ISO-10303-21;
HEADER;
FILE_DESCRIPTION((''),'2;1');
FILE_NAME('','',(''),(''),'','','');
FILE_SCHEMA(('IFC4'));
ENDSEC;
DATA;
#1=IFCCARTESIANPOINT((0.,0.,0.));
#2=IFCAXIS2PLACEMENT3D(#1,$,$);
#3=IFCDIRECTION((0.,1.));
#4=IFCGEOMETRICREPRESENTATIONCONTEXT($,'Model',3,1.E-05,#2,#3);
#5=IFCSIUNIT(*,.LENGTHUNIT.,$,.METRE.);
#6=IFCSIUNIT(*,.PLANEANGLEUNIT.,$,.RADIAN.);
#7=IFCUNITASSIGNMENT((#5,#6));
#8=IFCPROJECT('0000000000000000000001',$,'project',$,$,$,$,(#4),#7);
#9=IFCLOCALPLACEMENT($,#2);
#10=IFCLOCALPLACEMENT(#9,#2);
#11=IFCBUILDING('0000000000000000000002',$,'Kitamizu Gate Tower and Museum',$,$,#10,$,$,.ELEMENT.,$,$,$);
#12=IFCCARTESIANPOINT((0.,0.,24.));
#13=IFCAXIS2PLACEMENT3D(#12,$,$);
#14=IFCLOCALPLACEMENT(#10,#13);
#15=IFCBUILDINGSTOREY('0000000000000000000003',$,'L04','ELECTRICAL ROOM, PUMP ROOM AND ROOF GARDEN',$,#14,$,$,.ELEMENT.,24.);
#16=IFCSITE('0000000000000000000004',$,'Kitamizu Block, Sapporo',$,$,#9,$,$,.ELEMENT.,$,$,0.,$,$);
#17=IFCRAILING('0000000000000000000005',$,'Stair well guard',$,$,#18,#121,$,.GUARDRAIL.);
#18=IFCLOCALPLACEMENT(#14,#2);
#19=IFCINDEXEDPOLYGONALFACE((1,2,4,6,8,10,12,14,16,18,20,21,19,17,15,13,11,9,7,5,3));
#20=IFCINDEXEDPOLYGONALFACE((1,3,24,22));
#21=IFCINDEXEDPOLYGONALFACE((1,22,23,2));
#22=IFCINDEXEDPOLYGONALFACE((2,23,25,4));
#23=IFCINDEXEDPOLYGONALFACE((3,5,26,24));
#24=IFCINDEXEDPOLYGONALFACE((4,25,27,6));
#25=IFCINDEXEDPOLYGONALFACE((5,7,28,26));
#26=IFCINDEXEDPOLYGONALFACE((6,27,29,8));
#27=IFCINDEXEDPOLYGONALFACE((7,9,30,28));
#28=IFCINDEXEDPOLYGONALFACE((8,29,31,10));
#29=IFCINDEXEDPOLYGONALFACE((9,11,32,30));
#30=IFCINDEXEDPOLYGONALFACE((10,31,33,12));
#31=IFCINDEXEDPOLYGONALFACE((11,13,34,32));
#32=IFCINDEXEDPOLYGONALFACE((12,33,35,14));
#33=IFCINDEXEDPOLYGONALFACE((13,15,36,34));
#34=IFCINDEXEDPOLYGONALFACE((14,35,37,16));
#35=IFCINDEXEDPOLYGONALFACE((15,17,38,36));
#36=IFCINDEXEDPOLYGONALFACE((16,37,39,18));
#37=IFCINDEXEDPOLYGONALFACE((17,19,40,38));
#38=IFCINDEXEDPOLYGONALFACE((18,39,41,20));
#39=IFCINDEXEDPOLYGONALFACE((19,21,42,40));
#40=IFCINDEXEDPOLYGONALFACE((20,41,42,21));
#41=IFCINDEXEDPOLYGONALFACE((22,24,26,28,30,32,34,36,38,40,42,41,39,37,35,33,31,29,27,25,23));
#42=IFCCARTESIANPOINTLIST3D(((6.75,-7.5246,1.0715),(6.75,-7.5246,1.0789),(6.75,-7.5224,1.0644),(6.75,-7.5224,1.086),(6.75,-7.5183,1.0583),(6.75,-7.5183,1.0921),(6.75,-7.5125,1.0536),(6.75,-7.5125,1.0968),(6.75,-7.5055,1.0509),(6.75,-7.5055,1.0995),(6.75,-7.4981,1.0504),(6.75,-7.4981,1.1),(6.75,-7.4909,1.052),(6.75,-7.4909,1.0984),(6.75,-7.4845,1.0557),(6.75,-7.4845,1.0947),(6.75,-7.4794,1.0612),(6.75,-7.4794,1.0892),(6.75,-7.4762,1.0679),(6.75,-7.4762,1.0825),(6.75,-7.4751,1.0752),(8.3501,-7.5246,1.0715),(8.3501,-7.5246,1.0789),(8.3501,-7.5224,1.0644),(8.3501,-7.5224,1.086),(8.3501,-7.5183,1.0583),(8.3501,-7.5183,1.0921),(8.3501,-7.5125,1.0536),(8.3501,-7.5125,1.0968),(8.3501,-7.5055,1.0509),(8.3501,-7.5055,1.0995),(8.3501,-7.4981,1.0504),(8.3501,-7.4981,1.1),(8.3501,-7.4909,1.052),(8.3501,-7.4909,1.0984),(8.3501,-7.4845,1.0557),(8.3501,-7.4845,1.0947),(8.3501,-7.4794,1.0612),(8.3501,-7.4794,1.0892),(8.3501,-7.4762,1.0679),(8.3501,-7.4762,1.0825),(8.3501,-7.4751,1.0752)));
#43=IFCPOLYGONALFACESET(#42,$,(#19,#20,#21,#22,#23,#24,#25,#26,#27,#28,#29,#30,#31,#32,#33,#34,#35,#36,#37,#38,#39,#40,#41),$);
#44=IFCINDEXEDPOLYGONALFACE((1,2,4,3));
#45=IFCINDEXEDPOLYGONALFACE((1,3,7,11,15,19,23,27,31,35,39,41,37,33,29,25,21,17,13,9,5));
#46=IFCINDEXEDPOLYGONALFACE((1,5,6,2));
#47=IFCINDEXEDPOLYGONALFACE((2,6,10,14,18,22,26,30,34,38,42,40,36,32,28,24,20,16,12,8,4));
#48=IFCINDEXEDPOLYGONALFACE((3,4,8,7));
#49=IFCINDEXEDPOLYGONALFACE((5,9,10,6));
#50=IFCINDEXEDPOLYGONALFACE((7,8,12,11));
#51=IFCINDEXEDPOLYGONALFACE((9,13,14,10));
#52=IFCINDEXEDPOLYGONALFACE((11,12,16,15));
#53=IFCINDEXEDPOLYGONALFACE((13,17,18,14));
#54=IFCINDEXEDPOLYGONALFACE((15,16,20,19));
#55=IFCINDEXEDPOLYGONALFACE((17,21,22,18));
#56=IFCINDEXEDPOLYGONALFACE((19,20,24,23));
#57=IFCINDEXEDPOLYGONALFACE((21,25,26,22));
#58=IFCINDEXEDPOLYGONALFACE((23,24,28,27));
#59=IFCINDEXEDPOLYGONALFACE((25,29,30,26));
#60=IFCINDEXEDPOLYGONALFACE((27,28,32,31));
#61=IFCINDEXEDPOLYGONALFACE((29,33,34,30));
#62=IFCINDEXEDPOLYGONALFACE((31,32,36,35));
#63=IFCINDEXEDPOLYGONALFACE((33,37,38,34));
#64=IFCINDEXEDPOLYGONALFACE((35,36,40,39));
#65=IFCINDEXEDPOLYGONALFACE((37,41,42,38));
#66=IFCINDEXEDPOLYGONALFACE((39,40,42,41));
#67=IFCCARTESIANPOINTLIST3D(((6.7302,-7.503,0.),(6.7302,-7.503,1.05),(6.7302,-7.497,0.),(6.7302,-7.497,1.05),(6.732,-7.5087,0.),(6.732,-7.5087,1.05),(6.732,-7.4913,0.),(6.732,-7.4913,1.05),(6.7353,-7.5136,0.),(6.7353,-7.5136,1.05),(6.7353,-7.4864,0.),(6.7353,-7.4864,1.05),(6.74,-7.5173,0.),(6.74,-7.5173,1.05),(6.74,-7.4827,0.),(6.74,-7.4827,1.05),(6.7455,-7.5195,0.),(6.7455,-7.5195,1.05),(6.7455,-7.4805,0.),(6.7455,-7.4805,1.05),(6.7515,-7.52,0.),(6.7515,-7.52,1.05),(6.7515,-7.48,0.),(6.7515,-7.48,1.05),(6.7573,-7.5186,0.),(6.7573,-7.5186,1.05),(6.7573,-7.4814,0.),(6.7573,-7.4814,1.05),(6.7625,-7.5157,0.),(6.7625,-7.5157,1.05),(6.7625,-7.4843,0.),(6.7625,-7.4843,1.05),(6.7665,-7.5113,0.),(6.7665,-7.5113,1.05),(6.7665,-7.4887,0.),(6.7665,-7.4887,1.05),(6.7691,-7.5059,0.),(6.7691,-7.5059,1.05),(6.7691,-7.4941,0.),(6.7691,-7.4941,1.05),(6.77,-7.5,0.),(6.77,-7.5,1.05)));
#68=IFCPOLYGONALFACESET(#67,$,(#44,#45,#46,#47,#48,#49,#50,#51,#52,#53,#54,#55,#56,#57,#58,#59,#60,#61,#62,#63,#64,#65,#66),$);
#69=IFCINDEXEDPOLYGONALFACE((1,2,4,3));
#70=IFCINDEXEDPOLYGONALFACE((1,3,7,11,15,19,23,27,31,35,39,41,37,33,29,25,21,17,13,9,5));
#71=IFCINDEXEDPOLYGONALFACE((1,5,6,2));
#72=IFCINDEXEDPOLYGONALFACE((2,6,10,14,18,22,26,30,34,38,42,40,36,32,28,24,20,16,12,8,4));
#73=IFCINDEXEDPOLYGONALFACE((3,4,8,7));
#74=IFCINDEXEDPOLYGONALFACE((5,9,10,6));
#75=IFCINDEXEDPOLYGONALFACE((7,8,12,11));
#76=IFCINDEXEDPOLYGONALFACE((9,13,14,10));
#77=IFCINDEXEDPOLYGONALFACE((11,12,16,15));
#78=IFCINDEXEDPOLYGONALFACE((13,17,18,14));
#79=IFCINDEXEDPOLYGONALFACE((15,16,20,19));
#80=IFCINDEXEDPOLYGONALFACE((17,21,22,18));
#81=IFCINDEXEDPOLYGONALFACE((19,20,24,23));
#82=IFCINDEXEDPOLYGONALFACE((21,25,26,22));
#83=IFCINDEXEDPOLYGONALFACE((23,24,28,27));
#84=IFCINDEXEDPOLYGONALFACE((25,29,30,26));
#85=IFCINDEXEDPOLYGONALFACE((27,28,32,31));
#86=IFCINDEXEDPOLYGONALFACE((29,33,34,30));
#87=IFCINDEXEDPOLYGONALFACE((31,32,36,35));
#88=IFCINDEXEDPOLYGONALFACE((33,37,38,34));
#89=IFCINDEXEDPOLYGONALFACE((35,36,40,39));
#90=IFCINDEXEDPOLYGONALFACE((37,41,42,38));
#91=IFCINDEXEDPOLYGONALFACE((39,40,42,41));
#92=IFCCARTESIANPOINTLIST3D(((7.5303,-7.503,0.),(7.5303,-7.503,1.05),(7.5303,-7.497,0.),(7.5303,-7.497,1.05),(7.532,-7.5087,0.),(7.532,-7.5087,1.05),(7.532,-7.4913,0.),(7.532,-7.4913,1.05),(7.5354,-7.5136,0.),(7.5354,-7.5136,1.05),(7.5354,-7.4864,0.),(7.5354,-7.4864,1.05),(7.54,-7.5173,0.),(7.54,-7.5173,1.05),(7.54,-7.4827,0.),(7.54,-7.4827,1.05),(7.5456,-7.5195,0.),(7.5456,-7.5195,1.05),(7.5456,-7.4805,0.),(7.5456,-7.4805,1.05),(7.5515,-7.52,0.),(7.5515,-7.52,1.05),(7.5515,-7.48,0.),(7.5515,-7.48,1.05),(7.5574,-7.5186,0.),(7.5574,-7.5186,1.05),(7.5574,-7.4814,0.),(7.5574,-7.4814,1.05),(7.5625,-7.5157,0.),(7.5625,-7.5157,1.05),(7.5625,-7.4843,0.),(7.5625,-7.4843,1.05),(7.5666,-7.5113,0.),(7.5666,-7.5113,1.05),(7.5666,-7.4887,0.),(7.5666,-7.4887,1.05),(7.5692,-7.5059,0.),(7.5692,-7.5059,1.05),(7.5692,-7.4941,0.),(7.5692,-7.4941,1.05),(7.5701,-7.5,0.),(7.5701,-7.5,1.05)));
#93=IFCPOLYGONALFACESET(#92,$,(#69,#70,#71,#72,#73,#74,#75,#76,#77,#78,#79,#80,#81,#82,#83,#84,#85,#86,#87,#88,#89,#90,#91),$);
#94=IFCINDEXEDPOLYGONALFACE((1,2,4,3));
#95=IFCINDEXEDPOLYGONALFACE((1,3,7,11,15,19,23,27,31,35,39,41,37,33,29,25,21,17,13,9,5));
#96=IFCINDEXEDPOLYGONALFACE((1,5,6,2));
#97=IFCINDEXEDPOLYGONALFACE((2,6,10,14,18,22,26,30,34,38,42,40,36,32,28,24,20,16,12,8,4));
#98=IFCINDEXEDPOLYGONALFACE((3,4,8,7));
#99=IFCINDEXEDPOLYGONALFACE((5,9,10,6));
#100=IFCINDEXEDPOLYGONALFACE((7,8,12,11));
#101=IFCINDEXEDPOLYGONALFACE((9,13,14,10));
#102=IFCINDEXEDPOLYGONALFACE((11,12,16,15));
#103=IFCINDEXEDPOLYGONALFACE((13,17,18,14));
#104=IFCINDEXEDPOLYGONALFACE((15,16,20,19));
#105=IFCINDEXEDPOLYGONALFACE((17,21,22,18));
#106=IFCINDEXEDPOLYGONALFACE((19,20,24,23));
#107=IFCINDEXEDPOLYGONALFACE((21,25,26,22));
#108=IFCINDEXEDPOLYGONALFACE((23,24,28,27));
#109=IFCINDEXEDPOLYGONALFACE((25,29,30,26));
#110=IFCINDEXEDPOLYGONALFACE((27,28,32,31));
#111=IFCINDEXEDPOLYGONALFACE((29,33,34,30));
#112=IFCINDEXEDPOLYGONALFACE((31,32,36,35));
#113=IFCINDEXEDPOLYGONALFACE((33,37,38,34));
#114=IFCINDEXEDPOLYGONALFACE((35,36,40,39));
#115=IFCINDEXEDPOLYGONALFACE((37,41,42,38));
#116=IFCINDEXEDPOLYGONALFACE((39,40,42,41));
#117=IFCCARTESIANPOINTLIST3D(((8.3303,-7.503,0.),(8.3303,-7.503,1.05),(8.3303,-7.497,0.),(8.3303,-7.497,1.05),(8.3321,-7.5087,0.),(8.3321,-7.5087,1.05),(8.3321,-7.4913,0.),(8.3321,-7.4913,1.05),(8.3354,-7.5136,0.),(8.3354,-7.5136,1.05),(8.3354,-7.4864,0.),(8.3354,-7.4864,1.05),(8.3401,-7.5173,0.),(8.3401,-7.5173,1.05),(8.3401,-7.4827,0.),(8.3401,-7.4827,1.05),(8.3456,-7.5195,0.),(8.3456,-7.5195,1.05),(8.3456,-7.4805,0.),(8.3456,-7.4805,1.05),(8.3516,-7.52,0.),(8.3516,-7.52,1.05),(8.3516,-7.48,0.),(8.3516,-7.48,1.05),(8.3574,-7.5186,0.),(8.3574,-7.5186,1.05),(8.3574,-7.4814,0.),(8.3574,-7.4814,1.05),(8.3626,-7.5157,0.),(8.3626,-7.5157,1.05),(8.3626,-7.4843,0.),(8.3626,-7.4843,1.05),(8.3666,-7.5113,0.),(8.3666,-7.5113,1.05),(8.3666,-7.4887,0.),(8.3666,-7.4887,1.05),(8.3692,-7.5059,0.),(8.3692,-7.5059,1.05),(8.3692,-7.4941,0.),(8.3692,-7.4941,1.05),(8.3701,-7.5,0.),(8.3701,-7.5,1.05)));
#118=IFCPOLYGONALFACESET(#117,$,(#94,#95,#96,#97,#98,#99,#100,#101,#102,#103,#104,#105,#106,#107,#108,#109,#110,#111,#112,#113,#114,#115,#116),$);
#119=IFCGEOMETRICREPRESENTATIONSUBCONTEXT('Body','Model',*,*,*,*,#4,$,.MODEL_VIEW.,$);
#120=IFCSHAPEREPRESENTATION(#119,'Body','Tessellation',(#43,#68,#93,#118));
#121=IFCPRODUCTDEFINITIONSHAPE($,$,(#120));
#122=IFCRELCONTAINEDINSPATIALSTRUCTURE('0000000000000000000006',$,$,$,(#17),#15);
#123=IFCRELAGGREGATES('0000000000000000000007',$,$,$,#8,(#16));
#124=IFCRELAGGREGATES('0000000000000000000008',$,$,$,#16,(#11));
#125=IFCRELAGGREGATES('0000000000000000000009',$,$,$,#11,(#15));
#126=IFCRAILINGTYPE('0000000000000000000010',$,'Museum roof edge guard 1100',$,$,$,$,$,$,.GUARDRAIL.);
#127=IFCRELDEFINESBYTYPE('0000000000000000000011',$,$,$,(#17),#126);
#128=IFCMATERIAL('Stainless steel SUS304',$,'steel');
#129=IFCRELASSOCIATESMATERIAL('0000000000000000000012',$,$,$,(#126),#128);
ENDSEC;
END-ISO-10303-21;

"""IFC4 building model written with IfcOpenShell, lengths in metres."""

from ifc_helpers import new_model, si_unit, direction, frame, origin, origin_2d, place, context, subcontext, project, spatial, circle, extrude, material, type_object, element, save


model = new_model("IFC4")

# Units and contexts
model_context = context("Model", 3, precision=1e-05, world=origin(), true_north=direction((0.0, 1.0)))
body_context = subcontext(model_context, "Body", "Model", "MODEL_VIEW")
ifc_project = project(units=[si_unit("LENGTHUNIT", "METRE"), si_unit("PLANEANGLEUNIT", "RADIAN")], contexts=[model_context])

# Site, building, storey
site_placement = place(None, origin())
site = spatial("IfcSite", under=ifc_project, at=site_placement, Name="Kitamizu Block, Sapporo", CompositionType="ELEMENT", RefElevation=0.0)
building_placement = place(site_placement, origin())
building = spatial("IfcBuilding", under=site, at=building_placement, Name="Kitamizu Gate Tower and Museum", CompositionType="ELEMENT")
storey_placement = place(building_placement, frame((0.0, 0.0, 24.0)))
storey = spatial("IfcBuildingStorey", under=building, at=storey_placement, Name="L04", Description="ELECTRICAL ROOM, PUMP ROOM AND ROOF GARDEN", CompositionType="ELEMENT", Elevation=24.0)

# Railing
ifc_material_1 = material(Name="Stainless steel SUS304", Category="steel")
railing_type = type_object("IfcRailingType", Name="Museum roof edge guard 1100", PredefinedType="GUARDRAIL", material=ifc_material_1)
railing_1_placement = place(storey_placement, frame((6.75, -7.5, 0.0)))
element("IfcRailing", 1, at=railing_1_placement, inside=storey, type_object=railing_type, Name="Stair well guard", PredefinedType="GUARDRAIL", context=body_context, shape_type="SweptSolid", body=[
    extrude(circle(Radius=0.0249, at=origin_2d()), frame((0.0, 0.0, 1.0752), z_axis=(1.0, 0.0, 0.0), x_axis=(0.0, 1.0, 0.0)), (0.0, 0.0, 1.0), 1.6001),
    extrude(circle(Radius=0.02, at=origin_2d()), origin(), (0.0, 0.0, 1.0), 1.05),
    extrude(circle(Radius=0.02, at=origin_2d()), frame((0.8, 0.0, 0.0)), (0.0, 0.0, 1.0), 1.05),
    extrude(circle(Radius=0.02, at=origin_2d()), frame((1.6001, 0.0, 0.0)), (0.0, 0.0, 1.0), 1.05),
])

save(model, "model.ifc")
